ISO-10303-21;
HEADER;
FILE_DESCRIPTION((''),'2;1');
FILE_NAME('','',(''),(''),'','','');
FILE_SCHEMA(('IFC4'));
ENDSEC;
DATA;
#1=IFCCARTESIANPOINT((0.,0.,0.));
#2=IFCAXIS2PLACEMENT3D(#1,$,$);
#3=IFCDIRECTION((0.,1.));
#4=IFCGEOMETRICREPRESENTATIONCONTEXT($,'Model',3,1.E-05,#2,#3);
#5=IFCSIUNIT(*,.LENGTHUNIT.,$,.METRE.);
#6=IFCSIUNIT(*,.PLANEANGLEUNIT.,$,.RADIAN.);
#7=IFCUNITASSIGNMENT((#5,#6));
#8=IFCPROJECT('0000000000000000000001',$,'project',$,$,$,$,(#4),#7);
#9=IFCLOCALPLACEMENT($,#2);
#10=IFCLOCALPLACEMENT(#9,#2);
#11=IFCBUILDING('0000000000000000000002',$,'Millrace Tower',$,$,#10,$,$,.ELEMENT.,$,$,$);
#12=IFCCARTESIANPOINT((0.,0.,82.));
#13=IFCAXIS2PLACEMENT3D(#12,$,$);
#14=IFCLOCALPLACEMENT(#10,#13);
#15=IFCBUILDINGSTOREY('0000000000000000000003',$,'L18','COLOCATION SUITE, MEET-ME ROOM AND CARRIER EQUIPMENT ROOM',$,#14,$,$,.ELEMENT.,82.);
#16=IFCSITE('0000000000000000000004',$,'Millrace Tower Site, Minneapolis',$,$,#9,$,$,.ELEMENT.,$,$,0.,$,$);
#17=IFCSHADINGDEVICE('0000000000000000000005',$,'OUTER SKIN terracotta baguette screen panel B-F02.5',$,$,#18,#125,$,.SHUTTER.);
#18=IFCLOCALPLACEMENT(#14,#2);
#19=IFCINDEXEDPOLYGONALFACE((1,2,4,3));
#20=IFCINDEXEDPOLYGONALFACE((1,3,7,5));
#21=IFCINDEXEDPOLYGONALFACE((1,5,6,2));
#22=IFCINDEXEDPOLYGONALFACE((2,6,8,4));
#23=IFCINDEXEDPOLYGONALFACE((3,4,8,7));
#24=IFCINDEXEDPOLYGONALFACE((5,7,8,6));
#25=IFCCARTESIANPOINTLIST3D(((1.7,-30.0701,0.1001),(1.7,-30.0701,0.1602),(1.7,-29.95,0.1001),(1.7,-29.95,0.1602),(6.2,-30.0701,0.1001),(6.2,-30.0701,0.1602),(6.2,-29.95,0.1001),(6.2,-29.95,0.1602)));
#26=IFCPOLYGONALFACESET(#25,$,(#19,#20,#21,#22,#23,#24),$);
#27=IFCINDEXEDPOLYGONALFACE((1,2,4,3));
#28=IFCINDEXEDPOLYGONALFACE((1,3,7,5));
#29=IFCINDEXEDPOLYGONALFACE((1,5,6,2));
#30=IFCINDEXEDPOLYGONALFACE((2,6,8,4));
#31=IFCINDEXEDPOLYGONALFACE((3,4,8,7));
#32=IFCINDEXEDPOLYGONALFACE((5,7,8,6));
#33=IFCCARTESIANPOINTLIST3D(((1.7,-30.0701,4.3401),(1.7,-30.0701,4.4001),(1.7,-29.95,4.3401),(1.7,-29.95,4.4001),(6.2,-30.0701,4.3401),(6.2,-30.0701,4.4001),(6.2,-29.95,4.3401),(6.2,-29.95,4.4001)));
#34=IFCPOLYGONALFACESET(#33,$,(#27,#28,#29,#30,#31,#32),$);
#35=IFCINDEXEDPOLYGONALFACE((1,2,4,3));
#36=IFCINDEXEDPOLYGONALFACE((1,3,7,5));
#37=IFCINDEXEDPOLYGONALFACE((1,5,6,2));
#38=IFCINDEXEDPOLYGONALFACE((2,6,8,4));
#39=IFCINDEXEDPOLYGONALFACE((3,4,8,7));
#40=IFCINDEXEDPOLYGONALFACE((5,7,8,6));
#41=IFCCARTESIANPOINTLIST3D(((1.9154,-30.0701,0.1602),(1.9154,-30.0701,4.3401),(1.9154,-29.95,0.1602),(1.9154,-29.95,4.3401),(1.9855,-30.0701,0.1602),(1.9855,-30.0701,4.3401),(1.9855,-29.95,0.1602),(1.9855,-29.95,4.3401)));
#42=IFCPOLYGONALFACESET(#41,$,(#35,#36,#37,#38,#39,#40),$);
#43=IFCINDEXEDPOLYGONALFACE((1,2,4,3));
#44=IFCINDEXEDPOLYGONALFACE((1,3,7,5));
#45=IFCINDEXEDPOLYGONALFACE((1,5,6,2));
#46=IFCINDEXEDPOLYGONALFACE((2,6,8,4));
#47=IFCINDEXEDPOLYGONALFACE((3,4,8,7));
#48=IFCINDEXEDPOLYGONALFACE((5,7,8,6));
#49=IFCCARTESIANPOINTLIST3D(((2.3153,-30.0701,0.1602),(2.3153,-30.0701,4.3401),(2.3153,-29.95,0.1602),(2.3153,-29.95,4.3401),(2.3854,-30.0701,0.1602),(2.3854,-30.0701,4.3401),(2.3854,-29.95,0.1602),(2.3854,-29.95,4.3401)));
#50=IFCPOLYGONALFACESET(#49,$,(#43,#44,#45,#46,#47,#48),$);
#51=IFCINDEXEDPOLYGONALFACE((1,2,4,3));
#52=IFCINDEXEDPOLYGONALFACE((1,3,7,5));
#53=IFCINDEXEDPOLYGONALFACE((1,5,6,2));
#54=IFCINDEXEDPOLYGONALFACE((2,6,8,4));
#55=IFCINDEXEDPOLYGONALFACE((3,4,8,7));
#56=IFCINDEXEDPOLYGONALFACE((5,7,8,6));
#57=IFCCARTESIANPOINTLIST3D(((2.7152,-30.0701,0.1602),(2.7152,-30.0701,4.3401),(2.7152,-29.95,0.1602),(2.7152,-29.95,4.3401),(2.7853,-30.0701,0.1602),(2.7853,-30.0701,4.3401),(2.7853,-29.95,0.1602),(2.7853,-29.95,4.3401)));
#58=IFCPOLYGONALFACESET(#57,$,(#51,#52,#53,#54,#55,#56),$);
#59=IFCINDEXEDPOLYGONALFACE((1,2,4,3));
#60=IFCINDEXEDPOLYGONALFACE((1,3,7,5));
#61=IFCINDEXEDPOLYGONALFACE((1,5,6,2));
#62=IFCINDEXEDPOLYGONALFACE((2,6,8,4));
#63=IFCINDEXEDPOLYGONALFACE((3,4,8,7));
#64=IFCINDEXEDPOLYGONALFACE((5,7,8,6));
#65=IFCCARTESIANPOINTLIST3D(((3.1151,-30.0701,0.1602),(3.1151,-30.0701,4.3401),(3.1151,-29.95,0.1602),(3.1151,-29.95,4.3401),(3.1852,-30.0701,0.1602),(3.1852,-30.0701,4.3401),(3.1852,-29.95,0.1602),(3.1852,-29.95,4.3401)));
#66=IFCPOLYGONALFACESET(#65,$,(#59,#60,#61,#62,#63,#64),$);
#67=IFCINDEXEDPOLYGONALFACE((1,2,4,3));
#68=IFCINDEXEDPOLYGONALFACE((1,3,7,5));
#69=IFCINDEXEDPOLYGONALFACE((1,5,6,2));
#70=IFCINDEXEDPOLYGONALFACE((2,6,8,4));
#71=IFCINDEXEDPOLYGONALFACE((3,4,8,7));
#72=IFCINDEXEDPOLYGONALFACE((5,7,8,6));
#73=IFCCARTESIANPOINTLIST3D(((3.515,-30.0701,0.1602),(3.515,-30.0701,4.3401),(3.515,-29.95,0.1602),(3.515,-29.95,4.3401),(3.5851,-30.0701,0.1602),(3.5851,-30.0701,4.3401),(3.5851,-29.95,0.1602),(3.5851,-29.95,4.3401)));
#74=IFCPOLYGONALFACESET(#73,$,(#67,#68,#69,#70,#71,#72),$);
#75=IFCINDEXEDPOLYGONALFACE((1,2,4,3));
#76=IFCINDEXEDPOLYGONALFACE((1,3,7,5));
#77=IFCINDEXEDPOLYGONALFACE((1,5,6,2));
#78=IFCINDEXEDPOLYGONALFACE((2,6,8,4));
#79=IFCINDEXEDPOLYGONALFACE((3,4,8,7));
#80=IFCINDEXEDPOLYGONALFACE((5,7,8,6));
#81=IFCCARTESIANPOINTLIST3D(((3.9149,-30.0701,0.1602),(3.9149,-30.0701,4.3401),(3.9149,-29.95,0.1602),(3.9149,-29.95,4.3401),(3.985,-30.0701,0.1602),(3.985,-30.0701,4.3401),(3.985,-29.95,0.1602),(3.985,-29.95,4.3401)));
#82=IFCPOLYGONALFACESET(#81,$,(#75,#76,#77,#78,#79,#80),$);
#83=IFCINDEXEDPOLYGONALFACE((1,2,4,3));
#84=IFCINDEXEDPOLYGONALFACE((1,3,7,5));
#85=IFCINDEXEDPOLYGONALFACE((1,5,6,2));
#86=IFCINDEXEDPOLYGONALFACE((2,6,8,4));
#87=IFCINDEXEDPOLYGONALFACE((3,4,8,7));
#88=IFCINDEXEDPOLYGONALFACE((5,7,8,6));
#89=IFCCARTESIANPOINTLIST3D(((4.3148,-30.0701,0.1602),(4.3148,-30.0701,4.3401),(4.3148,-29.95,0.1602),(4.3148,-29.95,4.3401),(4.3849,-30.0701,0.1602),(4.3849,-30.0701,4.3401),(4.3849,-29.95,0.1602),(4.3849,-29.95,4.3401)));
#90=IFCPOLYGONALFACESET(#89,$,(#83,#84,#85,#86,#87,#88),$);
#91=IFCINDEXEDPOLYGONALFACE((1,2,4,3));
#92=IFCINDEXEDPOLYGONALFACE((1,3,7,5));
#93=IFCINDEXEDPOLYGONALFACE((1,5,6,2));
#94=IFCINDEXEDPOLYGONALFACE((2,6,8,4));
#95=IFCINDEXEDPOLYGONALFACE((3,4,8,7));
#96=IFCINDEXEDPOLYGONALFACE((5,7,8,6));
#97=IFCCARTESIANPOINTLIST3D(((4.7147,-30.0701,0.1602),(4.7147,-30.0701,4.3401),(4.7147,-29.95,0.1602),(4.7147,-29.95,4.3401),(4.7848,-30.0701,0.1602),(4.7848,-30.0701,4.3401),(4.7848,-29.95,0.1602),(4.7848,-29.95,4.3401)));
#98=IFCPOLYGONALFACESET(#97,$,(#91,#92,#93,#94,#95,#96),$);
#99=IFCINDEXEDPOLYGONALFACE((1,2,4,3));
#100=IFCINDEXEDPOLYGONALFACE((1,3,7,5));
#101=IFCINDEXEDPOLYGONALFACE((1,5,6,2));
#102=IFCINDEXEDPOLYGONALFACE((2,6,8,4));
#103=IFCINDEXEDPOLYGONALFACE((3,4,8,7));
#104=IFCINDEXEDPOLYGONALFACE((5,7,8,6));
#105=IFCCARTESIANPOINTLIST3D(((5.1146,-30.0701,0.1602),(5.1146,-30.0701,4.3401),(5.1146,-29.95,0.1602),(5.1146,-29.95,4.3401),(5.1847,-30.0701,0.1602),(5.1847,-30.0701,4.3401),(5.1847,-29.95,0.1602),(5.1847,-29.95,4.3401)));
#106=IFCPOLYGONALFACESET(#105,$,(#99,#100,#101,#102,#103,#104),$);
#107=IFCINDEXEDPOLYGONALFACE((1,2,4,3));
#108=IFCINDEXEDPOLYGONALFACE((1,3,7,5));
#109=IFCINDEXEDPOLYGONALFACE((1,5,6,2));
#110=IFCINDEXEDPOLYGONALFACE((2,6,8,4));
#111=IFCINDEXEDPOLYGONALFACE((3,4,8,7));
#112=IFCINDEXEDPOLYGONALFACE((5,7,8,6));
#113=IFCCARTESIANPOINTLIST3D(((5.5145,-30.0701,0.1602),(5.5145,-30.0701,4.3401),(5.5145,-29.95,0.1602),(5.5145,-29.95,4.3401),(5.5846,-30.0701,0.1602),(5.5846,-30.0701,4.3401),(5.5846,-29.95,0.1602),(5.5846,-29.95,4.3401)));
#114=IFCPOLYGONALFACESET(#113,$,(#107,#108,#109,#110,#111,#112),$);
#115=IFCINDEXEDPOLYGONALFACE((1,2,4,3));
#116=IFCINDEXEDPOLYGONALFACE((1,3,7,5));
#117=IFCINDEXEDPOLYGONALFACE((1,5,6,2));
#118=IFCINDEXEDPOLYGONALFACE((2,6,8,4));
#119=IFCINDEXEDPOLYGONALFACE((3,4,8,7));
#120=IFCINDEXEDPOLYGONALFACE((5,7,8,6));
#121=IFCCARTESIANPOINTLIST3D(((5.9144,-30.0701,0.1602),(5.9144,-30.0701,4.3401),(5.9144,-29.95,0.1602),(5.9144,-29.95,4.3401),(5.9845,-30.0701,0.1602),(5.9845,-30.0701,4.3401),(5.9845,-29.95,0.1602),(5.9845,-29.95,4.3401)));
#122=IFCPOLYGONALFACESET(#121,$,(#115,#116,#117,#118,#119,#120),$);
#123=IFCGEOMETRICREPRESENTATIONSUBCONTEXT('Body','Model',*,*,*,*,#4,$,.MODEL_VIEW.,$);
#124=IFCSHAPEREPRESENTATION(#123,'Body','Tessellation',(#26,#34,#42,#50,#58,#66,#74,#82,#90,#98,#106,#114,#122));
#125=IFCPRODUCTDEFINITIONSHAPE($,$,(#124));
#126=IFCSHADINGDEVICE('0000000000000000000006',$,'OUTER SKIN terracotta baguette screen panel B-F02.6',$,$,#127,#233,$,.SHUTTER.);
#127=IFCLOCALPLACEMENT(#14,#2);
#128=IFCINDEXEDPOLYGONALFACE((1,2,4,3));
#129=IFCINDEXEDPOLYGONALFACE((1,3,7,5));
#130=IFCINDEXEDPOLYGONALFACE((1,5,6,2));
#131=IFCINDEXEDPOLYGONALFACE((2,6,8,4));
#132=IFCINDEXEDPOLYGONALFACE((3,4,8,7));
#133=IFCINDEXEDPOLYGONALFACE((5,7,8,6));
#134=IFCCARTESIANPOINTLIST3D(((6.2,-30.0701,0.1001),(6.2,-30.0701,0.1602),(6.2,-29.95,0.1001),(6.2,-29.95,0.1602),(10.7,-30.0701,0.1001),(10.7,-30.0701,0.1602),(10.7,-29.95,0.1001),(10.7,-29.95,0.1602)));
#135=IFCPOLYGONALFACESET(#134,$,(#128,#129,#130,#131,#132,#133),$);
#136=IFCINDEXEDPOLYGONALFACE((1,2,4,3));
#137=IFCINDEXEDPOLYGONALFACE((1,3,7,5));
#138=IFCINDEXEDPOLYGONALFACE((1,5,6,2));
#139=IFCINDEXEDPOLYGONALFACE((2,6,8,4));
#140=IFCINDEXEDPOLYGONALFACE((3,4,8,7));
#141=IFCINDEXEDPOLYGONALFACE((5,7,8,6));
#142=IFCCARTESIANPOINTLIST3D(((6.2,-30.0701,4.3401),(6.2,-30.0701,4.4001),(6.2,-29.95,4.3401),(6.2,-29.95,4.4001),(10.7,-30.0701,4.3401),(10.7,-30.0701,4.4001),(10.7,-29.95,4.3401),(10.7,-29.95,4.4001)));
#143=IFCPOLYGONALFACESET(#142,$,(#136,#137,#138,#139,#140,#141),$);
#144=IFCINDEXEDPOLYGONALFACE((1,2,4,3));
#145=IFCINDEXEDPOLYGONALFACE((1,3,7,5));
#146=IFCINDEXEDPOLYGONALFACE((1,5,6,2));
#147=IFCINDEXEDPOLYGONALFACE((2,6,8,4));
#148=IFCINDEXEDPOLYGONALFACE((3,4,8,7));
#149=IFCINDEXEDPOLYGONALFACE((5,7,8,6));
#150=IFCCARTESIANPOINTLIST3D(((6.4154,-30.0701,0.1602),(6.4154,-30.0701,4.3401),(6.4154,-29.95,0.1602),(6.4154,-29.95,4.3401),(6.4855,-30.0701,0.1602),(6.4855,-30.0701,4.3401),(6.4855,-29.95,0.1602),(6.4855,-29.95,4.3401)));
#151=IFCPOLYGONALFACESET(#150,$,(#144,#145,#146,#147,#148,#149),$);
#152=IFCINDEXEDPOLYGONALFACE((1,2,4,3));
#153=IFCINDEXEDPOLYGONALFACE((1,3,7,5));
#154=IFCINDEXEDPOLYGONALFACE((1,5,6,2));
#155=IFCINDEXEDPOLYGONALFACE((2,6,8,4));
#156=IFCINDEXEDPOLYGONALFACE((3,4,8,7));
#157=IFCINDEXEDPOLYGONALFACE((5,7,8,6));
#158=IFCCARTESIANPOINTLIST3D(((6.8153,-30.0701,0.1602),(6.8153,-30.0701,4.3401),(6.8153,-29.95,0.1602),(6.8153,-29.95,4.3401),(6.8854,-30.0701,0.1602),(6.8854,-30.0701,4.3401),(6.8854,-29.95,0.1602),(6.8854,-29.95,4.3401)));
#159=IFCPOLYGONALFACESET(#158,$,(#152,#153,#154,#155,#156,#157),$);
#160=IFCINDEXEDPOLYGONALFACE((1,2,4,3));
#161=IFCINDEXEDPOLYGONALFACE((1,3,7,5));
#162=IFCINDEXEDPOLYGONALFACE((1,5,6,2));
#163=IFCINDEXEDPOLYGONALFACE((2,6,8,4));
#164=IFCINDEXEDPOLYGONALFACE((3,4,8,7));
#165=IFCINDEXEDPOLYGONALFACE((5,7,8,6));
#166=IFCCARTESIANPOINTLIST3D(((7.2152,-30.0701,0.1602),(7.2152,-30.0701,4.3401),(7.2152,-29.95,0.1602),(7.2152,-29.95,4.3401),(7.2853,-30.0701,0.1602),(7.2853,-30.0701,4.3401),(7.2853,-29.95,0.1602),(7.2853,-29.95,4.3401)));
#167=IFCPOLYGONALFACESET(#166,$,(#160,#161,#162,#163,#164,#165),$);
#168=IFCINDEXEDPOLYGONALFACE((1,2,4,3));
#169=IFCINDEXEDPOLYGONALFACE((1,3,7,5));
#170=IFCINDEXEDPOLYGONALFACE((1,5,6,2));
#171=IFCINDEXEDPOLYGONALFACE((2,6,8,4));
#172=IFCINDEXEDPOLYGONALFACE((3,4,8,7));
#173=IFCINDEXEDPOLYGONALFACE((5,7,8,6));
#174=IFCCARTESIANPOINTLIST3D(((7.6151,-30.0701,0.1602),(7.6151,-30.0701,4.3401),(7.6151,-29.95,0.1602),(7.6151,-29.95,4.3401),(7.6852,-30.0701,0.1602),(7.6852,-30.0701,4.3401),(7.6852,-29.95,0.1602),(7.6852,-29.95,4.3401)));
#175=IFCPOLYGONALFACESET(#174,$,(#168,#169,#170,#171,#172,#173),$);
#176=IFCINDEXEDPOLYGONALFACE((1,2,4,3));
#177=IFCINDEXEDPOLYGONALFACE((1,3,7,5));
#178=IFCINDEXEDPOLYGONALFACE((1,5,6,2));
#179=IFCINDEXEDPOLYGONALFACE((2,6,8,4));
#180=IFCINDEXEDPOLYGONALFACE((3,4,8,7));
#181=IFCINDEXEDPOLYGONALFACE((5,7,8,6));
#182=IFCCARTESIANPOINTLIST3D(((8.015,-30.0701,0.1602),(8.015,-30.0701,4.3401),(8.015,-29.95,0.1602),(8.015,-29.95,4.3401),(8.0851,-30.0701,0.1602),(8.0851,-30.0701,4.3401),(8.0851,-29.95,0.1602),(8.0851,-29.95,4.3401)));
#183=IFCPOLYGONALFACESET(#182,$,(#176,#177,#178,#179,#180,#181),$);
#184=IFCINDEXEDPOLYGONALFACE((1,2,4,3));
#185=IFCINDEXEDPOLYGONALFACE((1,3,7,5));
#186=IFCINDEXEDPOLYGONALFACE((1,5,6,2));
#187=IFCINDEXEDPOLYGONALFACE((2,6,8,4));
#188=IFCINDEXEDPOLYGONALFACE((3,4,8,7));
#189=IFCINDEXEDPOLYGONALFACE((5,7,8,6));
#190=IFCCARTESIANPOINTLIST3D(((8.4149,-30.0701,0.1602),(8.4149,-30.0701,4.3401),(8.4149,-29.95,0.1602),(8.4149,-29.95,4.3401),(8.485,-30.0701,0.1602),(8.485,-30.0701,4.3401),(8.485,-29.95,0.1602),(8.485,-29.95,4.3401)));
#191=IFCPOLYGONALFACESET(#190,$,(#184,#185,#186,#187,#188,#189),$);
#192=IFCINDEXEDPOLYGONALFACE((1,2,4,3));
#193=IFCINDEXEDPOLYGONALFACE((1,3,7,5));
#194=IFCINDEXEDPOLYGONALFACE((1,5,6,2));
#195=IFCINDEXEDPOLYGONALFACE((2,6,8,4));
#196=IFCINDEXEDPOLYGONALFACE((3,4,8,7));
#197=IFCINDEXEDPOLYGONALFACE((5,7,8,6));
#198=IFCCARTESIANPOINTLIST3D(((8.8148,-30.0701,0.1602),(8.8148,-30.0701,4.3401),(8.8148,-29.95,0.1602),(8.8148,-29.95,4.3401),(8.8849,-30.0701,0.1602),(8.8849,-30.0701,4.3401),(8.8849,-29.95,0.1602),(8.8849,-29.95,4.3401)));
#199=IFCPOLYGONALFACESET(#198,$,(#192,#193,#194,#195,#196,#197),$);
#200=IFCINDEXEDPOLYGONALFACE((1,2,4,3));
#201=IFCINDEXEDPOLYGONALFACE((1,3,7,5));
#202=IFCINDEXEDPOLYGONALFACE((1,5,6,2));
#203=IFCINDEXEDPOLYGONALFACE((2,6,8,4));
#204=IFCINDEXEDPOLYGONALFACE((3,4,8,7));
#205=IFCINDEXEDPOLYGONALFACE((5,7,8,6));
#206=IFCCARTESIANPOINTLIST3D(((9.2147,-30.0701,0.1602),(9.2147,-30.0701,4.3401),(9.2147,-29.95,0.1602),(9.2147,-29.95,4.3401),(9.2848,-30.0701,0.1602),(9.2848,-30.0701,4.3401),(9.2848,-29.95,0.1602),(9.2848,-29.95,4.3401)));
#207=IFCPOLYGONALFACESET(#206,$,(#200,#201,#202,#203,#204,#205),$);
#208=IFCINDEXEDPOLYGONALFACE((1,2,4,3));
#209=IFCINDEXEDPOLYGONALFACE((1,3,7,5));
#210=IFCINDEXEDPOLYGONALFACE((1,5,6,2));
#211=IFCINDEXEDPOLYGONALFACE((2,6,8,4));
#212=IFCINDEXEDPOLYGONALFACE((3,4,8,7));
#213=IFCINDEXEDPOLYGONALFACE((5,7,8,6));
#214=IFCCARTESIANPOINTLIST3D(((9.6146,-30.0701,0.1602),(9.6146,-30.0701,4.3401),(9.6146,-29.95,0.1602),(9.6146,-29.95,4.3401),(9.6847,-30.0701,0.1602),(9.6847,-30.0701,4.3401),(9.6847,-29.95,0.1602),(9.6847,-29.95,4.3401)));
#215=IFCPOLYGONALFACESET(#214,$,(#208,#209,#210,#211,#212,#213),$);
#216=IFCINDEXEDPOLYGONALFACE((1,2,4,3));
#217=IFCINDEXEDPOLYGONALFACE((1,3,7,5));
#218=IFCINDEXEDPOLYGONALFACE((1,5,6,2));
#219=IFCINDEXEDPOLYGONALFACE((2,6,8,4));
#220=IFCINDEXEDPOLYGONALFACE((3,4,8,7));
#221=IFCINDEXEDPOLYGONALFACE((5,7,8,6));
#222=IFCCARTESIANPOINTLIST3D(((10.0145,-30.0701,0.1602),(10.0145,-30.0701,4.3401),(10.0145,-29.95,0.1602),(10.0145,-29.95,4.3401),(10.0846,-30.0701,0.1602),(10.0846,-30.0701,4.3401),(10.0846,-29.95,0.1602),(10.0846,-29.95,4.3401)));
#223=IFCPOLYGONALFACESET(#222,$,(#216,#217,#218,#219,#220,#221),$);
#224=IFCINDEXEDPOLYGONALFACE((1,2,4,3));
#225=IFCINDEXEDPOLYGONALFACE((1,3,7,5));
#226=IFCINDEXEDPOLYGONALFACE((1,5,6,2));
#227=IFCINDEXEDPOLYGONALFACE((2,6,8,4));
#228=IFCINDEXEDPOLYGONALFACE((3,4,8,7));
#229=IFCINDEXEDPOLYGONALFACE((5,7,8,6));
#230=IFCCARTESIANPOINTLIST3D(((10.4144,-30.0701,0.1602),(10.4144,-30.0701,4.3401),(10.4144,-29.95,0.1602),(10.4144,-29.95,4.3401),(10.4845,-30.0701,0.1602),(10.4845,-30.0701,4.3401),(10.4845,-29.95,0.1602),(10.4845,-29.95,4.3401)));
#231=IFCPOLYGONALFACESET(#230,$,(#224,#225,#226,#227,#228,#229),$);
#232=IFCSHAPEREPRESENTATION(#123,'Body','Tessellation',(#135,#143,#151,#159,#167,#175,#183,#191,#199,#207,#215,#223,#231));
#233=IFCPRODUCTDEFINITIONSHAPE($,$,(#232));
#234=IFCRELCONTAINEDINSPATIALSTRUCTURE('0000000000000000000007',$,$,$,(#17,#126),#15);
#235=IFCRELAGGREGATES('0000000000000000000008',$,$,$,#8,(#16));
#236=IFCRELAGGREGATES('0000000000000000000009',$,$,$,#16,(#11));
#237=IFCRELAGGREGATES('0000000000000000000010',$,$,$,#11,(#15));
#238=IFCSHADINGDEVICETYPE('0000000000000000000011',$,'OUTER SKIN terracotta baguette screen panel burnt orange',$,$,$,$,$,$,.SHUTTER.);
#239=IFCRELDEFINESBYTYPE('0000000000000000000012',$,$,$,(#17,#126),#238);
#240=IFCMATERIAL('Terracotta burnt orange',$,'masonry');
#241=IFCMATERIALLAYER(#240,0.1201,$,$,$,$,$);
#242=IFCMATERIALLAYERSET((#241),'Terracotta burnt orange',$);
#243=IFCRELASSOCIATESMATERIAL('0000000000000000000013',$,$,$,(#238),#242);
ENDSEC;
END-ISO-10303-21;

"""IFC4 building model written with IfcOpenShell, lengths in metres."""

from ifc_helpers import new_model, entity, si_unit, direction, frame, frame_2d, origin, origin_2d, place, context, subcontext, project, spatial, rectangle, extrude, source, transform, mapped, material, layer, layer_set, type_object, element, save


model = new_model("IFC4")

# Units and contexts
model_context = context("Model", 3, precision=1e-05, world=origin(), true_north=direction((0.0, 1.0)))
body_context = subcontext(model_context, "Body", "Model", "MODEL_VIEW")
ifc_project = project(units=[si_unit("LENGTHUNIT", "METRE"), si_unit("PLANEANGLEUNIT", "RADIAN")], contexts=[model_context])

# Site, building, storey
site_placement = place(None, origin())
site = spatial("IfcSite", under=ifc_project, at=site_placement, Name="Millrace Tower Site, Minneapolis", CompositionType="ELEMENT", RefElevation=0.0)
building_placement = place(site_placement, origin())
building = spatial("IfcBuilding", under=site, at=building_placement, Name="Millrace Tower", CompositionType="ELEMENT")
storey_placement = place(building_placement, frame((0.0, 0.0, 82.0)))
storey = spatial("IfcBuildingStorey", under=building, at=storey_placement, Name="L18", Description="COLOCATION SUITE, MEET-ME ROOM AND CARRIER EQUIPMENT ROOM", CompositionType="ELEMENT", Elevation=82.0)

# Shading devices
ifc_material_1 = material(Name="Terracotta burnt orange", Category="masonry")
ifc_layer_1 = layer(ifc_material_1, 0.1201)
ifc_layer_set_1 = layer_set([ifc_layer_1], Name="Terracotta burnt orange")
shading_device_type = type_object("IfcShadingDeviceType", Name="OUTER SKIN terracotta baguette screen panel burnt orange", PredefinedType="SHUTTER", material=ifc_layer_set_1)
cartesian_point = entity("IfcCartesianPoint", [-2.25, 0.0601])
shared_polyline = entity("IfcPolyline", [cartesian_point, entity("IfcCartesianPoint", [2.25, 0.0601]), entity("IfcCartesianPoint", [2.25, -0.0601]), entity("IfcCartesianPoint", [-2.25, -0.0601]), cartesian_point])
shared_shape = source(origin(), body_context, "Body", "SweptSolid", [
    entity("IfcExtrudedAreaSolid", entity("IfcArbitraryClosedProfileDef", "AREA", None, shared_polyline), entity("IfcAxis2Placement3D", entity("IfcCartesianPoint", [0.0, 0.0, 0.0])), entity("IfcDirection", [0.0, 0.0, 1.0]), 0.0601),
    entity("IfcExtrudedAreaSolid", entity("IfcArbitraryClosedProfileDef", "AREA", None, shared_polyline), entity("IfcAxis2Placement3D", entity("IfcCartesianPoint", [0.0, 0.0, 4.24])), entity("IfcDirection", [0.0, 0.0, 1.0]), 0.0601),
    extrude(rectangle(XDim=0.0701, YDim=0.1201, at=frame_2d((-1.9995, 0.0))), frame((0.0, 0.0, 0.0601)), (0.0, 0.0, 1.0), 4.1799),
    extrude(rectangle(XDim=0.0701, YDim=0.1201, at=frame_2d((-1.5996, 0.0))), frame((0.0, 0.0, 0.0601)), (0.0, 0.0, 1.0), 4.1799),
    extrude(rectangle(XDim=0.0701, YDim=0.1201, at=frame_2d((-1.1997, 0.0))), frame((0.0, 0.0, 0.0601)), (0.0, 0.0, 1.0), 4.1799),
    extrude(rectangle(XDim=0.0701, YDim=0.1201, at=frame_2d((-0.7998, 0.0))), frame((0.0, 0.0, 0.0601)), (0.0, 0.0, 1.0), 4.1799),
    extrude(rectangle(XDim=0.0701, YDim=0.1201, at=frame_2d((-0.3999, 0.0))), frame((0.0, 0.0, 0.0601)), (0.0, 0.0, 1.0), 4.1799),
    extrude(rectangle(XDim=0.0701, YDim=0.1201, at=origin_2d()), frame((0.0, 0.0, 0.0601)), (0.0, 0.0, 1.0), 4.1799),
    extrude(rectangle(XDim=0.0701, YDim=0.1201, at=frame_2d((0.3999, 0.0))), frame((0.0, 0.0, 0.0601)), (0.0, 0.0, 1.0), 4.1799),
    extrude(rectangle(XDim=0.0701, YDim=0.1201, at=frame_2d((0.7998, 0.0))), frame((0.0, 0.0, 0.0601)), (0.0, 0.0, 1.0), 4.1799),
    extrude(rectangle(XDim=0.0701, YDim=0.1201, at=frame_2d((1.1997, 0.0))), frame((0.0, 0.0, 0.0601)), (0.0, 0.0, 1.0), 4.1799),
    extrude(rectangle(XDim=0.0701, YDim=0.1201, at=frame_2d((1.5996, 0.0))), frame((0.0, 0.0, 0.0601)), (0.0, 0.0, 1.0), 4.1799),
    extrude(rectangle(XDim=0.0701, YDim=0.1201, at=frame_2d((1.9995, 0.0))), frame((0.0, 0.0, 0.0601)), (0.0, 0.0, 1.0), 4.1799),
])
for number, where, z_axis, x_axis, name in (
    (1, (3.95, -30.01, 0.1001), (0.0, 0.0, 1.0), (1.0, 0.0, 0.0), "OUTER SKIN terracotta baguette screen panel B-F02.5"),
    (2, (8.45, -30.01, 0.1001), (0.0, 0.0, 1.0), (1.0, 0.0, 0.0), "OUTER SKIN terracotta baguette screen panel B-F02.6"),
):
    element("IfcShadingDevice", number, at=place(storey_placement, frame(where, z_axis=z_axis, x_axis=x_axis)), inside=storey, type_object=shading_device_type, Name=name, PredefinedType="SHUTTER", context=body_context, shape_type="MappedRepresentation", body=[
        mapped(shared_shape, transform((0.0, 0.0, 0.0), scale=1.0)),
    ])

save(model, "model.ifc")
